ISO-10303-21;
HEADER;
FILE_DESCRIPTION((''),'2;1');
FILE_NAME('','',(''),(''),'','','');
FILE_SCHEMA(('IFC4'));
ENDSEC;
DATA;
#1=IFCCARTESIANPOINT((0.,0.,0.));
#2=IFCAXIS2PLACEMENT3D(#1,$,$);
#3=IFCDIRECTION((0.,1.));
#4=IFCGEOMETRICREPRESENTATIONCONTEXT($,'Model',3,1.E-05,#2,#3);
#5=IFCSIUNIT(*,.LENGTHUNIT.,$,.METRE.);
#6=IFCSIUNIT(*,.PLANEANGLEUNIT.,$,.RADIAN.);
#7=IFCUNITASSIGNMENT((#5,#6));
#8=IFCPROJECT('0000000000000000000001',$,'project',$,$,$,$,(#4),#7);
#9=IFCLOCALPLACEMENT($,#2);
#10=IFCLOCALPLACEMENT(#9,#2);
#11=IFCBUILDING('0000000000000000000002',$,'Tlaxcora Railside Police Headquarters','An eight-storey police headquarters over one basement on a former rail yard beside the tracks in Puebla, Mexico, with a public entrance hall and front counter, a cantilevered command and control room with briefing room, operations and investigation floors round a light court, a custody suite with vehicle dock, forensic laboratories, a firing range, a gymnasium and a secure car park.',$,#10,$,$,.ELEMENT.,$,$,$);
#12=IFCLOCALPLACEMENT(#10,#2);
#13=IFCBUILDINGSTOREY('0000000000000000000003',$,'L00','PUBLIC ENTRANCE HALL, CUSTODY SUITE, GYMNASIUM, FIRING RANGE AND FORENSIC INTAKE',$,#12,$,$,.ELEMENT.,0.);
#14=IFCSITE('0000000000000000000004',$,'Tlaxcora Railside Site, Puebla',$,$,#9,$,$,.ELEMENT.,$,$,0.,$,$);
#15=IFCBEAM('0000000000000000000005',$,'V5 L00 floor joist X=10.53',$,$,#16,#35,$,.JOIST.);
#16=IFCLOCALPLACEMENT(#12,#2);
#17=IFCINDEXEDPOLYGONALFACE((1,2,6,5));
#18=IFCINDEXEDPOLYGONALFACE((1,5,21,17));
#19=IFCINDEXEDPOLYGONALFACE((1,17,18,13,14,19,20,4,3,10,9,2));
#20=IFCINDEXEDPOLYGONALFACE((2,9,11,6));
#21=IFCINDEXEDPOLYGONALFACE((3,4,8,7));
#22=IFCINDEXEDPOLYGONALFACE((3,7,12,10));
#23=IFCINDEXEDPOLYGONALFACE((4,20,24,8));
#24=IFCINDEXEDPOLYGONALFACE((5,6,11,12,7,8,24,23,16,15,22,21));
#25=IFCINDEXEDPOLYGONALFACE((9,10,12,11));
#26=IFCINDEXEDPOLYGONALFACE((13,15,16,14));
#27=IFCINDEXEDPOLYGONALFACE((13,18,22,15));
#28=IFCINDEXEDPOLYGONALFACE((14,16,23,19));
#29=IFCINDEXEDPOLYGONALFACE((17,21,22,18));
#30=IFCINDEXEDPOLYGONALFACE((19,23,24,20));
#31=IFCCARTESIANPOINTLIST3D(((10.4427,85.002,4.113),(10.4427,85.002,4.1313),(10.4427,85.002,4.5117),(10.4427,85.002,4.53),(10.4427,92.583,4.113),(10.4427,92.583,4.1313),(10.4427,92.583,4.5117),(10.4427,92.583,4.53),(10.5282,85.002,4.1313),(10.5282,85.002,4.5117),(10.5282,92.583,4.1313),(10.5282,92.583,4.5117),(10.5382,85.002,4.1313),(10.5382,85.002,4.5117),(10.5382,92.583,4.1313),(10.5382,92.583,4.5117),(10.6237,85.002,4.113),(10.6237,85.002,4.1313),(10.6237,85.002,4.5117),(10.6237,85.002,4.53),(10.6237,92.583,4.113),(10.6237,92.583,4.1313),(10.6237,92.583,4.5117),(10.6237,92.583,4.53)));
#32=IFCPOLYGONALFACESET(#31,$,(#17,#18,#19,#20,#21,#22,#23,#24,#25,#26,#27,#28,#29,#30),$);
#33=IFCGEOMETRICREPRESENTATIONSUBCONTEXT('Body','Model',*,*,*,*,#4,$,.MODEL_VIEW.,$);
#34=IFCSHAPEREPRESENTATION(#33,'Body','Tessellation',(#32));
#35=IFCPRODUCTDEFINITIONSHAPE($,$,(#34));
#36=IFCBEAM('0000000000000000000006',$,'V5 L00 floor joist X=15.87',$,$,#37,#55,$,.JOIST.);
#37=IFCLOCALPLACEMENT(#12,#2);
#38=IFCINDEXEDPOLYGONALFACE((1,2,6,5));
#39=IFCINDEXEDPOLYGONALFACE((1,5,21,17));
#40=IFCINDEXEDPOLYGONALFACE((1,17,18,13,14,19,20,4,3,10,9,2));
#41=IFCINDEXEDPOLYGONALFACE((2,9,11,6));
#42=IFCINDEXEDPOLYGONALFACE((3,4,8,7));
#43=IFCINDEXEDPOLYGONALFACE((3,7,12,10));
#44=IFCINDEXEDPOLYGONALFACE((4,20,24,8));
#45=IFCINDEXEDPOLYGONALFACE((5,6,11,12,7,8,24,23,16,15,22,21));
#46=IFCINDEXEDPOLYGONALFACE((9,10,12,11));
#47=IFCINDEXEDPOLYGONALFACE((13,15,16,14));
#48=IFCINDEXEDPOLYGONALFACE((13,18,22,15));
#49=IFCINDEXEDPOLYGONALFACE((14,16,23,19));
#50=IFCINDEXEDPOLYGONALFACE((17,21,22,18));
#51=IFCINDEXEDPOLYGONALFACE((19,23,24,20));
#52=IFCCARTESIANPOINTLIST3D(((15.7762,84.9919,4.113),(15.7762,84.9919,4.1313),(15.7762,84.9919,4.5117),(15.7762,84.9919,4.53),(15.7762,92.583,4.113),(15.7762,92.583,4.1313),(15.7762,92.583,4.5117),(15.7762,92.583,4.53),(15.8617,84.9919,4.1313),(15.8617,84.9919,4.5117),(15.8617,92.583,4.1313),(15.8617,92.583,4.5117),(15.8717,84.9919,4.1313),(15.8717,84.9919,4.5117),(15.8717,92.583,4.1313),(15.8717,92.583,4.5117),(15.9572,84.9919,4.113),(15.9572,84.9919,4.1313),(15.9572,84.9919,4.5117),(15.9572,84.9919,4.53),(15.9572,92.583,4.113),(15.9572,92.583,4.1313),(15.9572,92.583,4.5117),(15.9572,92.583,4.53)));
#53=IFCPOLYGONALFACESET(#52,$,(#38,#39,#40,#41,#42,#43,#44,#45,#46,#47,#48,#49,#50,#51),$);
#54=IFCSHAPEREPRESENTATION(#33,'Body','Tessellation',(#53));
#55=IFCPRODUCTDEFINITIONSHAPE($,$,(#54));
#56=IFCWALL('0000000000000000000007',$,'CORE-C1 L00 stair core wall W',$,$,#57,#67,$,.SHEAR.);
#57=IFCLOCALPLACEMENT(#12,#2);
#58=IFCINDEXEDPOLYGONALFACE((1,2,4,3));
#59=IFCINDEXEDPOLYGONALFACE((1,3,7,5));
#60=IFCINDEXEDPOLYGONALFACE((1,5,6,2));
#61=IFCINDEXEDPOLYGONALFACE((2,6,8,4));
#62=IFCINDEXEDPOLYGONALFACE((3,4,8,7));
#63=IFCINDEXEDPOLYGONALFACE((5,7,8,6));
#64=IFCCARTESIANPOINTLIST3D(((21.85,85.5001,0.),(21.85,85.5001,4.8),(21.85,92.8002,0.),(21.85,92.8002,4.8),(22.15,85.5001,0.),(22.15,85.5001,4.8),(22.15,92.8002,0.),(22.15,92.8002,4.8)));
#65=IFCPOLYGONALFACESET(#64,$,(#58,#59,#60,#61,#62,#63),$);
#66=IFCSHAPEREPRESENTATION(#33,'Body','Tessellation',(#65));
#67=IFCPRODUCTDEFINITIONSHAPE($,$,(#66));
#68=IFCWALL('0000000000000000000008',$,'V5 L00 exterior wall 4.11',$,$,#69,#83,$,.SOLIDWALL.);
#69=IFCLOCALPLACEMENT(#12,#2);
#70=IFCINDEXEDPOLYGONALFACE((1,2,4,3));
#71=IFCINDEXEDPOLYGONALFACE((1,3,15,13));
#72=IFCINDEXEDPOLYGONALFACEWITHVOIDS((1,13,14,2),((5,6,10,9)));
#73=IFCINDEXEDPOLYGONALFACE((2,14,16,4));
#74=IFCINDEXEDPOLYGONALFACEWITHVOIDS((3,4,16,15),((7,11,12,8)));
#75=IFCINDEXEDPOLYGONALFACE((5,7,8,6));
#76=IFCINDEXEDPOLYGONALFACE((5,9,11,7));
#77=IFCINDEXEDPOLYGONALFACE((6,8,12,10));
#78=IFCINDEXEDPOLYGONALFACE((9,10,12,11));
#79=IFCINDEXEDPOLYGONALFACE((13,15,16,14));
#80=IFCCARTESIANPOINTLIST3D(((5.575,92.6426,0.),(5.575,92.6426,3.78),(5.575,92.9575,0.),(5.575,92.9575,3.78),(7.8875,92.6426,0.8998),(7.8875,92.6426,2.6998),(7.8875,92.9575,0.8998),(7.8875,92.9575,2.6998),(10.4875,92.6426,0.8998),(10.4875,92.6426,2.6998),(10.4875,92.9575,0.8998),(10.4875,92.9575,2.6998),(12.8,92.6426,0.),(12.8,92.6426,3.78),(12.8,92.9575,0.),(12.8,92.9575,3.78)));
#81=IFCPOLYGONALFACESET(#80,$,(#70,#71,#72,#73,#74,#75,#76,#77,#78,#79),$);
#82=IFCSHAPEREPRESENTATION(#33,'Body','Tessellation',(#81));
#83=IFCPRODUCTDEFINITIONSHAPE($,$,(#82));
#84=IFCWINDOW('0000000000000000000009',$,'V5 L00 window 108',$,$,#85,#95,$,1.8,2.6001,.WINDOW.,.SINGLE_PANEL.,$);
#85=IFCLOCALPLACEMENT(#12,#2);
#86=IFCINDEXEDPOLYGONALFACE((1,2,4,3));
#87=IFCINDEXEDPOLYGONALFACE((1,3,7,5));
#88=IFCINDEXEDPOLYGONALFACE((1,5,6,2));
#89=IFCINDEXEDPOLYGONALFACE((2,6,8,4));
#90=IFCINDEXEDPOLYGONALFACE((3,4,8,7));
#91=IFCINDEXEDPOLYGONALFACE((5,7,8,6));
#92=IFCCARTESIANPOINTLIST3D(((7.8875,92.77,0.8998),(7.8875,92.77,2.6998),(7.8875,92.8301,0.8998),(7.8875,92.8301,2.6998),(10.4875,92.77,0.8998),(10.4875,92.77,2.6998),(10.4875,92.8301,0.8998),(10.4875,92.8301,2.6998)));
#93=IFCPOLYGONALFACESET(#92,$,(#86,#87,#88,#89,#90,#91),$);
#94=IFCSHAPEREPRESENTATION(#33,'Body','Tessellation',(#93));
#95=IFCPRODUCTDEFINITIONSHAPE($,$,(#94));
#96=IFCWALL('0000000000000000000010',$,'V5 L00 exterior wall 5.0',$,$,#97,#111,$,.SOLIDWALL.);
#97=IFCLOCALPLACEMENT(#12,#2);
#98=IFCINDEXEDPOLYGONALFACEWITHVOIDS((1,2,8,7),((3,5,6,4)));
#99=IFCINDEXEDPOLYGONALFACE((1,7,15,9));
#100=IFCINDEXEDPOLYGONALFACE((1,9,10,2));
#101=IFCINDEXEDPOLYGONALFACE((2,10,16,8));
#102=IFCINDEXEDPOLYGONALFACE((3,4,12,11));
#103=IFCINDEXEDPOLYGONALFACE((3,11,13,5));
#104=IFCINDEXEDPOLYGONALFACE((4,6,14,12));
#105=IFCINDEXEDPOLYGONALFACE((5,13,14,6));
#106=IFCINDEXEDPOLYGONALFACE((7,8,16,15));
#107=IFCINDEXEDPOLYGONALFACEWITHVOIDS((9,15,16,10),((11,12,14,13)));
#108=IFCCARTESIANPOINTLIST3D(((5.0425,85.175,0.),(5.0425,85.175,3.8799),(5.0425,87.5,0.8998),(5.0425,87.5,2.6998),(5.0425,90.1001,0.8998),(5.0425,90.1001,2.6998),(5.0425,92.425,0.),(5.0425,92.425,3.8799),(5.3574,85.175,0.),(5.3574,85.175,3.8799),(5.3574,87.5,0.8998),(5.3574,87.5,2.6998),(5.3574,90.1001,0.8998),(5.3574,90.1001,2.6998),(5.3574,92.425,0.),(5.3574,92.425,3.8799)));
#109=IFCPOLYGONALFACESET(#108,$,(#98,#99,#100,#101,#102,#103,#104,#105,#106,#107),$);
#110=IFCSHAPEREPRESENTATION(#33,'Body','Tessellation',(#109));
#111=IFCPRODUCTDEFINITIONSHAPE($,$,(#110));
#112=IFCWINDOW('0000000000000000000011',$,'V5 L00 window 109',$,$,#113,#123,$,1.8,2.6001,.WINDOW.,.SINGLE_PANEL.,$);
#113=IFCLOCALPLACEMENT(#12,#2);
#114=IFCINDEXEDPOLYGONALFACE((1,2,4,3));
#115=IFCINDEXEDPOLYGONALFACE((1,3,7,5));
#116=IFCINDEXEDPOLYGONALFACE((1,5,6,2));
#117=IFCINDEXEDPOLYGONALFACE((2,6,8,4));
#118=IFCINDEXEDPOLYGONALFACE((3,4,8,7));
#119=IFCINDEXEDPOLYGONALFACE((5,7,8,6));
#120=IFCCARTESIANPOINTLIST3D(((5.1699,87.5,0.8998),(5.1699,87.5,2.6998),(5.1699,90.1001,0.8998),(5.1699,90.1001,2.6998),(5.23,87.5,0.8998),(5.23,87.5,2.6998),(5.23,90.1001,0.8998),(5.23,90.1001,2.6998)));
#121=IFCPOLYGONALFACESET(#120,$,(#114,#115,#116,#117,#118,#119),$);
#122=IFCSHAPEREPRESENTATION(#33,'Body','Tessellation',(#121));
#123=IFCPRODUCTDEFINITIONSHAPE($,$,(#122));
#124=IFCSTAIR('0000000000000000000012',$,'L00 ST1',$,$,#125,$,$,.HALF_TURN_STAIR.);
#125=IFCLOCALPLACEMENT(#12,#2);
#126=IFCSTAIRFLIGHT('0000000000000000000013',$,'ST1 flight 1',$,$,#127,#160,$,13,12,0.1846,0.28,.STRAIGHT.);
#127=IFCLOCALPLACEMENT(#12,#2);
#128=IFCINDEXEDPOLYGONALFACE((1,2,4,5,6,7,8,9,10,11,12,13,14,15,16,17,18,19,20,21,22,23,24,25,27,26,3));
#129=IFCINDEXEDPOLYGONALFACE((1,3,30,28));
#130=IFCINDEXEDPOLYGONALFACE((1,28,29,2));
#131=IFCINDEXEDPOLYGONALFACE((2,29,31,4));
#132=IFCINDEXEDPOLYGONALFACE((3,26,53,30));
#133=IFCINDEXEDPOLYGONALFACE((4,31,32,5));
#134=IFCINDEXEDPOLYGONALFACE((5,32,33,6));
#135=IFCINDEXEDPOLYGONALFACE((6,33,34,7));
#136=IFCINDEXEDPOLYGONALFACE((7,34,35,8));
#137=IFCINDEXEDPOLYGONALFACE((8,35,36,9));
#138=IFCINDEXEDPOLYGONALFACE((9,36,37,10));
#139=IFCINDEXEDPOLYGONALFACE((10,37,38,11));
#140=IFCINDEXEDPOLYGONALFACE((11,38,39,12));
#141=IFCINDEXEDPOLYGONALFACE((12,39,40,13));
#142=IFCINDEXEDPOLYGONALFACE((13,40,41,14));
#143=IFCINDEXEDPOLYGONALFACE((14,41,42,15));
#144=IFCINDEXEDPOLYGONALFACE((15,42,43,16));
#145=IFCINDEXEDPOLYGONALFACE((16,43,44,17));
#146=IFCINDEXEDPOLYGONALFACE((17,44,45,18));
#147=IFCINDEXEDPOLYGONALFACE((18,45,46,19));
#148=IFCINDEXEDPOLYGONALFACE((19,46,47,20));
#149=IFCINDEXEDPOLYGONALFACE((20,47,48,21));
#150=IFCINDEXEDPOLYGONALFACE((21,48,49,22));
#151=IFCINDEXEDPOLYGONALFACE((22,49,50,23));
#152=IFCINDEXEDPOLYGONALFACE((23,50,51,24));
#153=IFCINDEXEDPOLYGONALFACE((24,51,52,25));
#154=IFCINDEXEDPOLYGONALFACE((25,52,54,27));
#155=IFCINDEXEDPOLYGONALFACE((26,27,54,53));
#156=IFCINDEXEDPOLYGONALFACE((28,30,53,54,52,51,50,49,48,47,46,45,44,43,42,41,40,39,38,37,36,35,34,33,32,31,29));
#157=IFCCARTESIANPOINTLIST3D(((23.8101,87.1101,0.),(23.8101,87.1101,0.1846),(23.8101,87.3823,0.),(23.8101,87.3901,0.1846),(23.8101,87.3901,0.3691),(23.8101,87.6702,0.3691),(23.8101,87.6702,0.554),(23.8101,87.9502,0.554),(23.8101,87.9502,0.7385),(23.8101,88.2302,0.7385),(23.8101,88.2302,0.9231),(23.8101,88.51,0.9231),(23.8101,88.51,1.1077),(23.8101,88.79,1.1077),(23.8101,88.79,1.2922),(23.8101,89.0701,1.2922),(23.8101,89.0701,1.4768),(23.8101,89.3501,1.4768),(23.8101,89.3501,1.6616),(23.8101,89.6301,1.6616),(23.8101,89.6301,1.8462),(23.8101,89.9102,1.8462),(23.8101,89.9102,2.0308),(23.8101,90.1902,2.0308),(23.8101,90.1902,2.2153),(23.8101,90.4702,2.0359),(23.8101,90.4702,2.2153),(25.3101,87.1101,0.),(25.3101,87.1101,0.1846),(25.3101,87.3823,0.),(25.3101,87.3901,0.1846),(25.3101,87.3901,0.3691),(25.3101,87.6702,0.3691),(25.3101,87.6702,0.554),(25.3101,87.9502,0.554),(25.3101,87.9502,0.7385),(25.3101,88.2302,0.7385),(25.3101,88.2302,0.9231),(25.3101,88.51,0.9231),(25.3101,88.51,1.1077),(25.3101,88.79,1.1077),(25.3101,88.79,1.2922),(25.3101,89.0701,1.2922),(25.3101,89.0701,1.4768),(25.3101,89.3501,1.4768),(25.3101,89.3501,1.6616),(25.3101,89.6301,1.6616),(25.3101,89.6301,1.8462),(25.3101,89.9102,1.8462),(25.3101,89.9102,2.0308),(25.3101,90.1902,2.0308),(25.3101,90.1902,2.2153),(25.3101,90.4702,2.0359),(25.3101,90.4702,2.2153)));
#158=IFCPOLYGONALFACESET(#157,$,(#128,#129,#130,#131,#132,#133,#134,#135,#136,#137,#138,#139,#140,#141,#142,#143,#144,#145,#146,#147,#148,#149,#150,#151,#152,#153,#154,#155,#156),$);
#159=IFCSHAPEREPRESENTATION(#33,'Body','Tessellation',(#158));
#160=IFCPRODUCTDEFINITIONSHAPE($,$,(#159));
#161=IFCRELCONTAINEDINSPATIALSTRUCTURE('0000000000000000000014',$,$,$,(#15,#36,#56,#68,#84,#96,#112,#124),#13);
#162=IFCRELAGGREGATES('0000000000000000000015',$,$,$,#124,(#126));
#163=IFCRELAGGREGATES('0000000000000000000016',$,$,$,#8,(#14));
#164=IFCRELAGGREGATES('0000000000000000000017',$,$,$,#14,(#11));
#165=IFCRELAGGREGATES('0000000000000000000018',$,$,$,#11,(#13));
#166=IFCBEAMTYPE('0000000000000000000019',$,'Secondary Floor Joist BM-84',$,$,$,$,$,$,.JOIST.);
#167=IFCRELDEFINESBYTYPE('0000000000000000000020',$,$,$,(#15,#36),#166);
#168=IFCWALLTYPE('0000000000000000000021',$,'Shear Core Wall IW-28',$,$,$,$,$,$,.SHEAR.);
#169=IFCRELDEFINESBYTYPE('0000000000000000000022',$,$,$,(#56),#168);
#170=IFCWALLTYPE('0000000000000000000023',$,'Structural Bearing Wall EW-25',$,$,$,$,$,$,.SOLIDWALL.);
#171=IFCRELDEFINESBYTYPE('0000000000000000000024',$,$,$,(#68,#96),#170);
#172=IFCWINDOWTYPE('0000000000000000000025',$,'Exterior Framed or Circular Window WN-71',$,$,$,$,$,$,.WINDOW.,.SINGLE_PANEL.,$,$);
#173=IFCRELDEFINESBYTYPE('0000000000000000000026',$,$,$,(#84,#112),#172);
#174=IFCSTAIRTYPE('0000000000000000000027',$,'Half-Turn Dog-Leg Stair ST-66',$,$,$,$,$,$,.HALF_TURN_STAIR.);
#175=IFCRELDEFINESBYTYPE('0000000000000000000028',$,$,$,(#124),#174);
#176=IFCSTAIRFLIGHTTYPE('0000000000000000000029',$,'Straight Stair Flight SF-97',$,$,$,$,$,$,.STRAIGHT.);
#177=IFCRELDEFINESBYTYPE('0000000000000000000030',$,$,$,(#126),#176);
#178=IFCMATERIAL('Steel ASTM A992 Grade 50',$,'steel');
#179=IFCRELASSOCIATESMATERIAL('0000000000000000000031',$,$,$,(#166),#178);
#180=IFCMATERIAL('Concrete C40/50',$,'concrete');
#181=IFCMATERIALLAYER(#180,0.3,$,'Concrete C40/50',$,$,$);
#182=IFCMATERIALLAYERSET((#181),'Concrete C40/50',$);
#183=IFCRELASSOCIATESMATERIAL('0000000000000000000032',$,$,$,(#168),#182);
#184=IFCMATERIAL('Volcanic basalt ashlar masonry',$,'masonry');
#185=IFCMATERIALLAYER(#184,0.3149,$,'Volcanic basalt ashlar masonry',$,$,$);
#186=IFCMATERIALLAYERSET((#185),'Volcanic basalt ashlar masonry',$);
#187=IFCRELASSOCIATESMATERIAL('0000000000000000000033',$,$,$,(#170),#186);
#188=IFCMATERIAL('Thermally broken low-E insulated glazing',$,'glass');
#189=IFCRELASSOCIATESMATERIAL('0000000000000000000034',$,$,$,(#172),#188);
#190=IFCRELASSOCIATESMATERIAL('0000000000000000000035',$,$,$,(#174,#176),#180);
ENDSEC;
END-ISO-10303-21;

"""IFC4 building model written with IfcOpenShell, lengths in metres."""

from ifc_helpers import new_model, si_unit, direction, frame, frame_2d, origin, origin_2d, place, context, subcontext, project, spatial, polyline, rectangle, i_section, outline, extrude, material, layer, layer_set, material_profile, profile_set, type_object, element, fill, aggregate, save


model = new_model("IFC4")

# Units and contexts
model_context = context("Model", 3, precision=1e-05, world=origin(), true_north=direction((0.0, 1.0)))
body_context = subcontext(model_context, "Body", "Model", "MODEL_VIEW")
ifc_project = project(units=[si_unit("LENGTHUNIT", "METRE"), si_unit("PLANEANGLEUNIT", "RADIAN")], contexts=[model_context])

# Site, building, storey
site_placement = place(None, origin())
site = spatial("IfcSite", under=ifc_project, at=site_placement, Name="Tlaxcora Railside Site, Puebla", CompositionType="ELEMENT", RefElevation=0.0)
building_placement = place(site_placement, origin())
building = spatial("IfcBuilding", under=site, at=building_placement, Name="Tlaxcora Railside Police Headquarters", Description="An eight-storey police headquarters over one basement on a former rail yard beside the tracks in Puebla, Mexico, with a public entrance hall and front counter, a cantilevered command and control room with briefing room, operations and investigation floors round a light court, a custody suite with vehicle dock, forensic laboratories, a firing range, a gymnasium and a secure car park.", CompositionType="ELEMENT")
storey_placement = place(building_placement, origin())
storey = spatial("IfcBuildingStorey", under=building, at=storey_placement, Name="L00", Description="PUBLIC ENTRANCE HALL, CUSTODY SUITE, GYMNASIUM, FIRING RANGE AND FORENSIC INTAKE", CompositionType="ELEMENT", Elevation=0.0)

# Shared definitions
ifc_material_1 = material(Name="Concrete C40/50", Category="concrete")

# Beams
ifc_material_2 = material(Name="Steel ASTM A992 Grade 50", Category="steel")
ifc_material_profile_1 = material_profile(ifc_material_2, i_section(OverallWidth=0.1809, OverallDepth=0.417, WebThickness=0.01, FlangeThickness=0.0183, at=origin_2d()), Name="W16X57")
ifc_profile_set_1 = profile_set([ifc_material_profile_1], Name="Steel ASTM A992 Grade 50")
beam_type_1 = type_object("IfcBeamType", Name="Secondary Floor Joist BM-84", PredefinedType="JOIST", material=ifc_profile_set_1)
beam_1_placement = place(storey_placement, frame((10.5332, 85.002, 4.3215), z_axis=(0.0, 1.0, 0.0), x_axis=(-1.0, 0.0, 0.0)))
element("IfcBeam", 1, at=beam_1_placement, inside=storey, type_object=beam_type_1, Name="V5 L00 floor joist X=10.53", PredefinedType="JOIST", context=body_context, shape_type="SweptSolid", body=[
    extrude(i_section(OverallWidth=0.1809, OverallDepth=0.417, WebThickness=0.01, FlangeThickness=0.0183, at=origin_2d()), origin(), (0.0, 0.0, 1.0), 7.5811),
])
beam_2_placement = place(storey_placement, frame((15.8667, 84.9919, 4.3215), z_axis=(0.0, 1.0, 0.0), x_axis=(-1.0, 0.0, 0.0)))
element("IfcBeam", 2, at=beam_2_placement, inside=storey, type_object=beam_type_1, Name="V5 L00 floor joist X=15.87", PredefinedType="JOIST", context=body_context, shape_type="SweptSolid", body=[
    extrude(i_section(OverallWidth=0.1809, OverallDepth=0.417, WebThickness=0.01, FlangeThickness=0.0183, at=origin_2d()), origin(), (0.0, 0.0, 1.0), 7.5911),
])

# Shared definitions
ifc_layer_1 = layer(ifc_material_1, 0.3, Name="Concrete C40/50")
ifc_layer_set_1 = layer_set([ifc_layer_1], Name="Concrete C40/50")
wall_type_1 = type_object("IfcWallType", Name="Shear Core Wall IW-28", PredefinedType="SHEAR", material=ifc_layer_set_1)

# Wall
wall_1_placement = place(storey_placement, frame((22.0, 92.8, 0.0), z_axis=(0.0, 0.0, 1.0), x_axis=(0.0, -1.0, 0.0)))
element("IfcWall", 3, at=wall_1_placement, inside=storey, type_object=wall_type_1, Name="CORE-C1 L00 stair core wall W", PredefinedType="SHEAR", context=body_context, shape_type="SweptSolid", body=[
    extrude(rectangle(XDim=7.3, YDim=0.3, at=frame_2d((3.6499, 0.0))), origin(), (0.0, 0.0, 1.0), 4.8),
])

# Shared definitions
ifc_material_3 = material(Name="Volcanic basalt ashlar masonry", Category="masonry")
ifc_layer_2 = layer(ifc_material_3, 0.3149, Name="Volcanic basalt ashlar masonry")
ifc_layer_set_2 = layer_set([ifc_layer_2], Name="Volcanic basalt ashlar masonry")
wall_type_2 = type_object("IfcWallType", Name="Structural Bearing Wall EW-25", PredefinedType="SOLIDWALL", material=ifc_layer_set_2)

# Walls, openings, windows
wall_2_placement = place(storey_placement, frame((12.8, 92.8, 0.0), z_axis=(0.0, 0.0, 1.0), x_axis=(-1.0, 0.0, 0.0)))
wall_2 = element("IfcWall", 4, at=wall_2_placement, inside=storey, type_object=wall_type_2, Name="V5 L00 exterior wall 4.11", PredefinedType="SOLIDWALL", context=body_context, shape_type="SweptSolid", body=[
    extrude(rectangle(XDim=7.2251, YDim=0.3149, at=frame_2d((3.6125, 0.0))), origin(), (0.0, 0.0, 1.0), 3.78),
])
opening_1_placement = place(wall_2_placement, frame((2.3125, 0.0, 0.8999)))
opening_1 = element("IfcOpeningElement", 5, at=opening_1_placement, cuts=wall_2, PredefinedType="OPENING", context=body_context, shape_type="SweptSolid", body=[
    extrude(rectangle(XDim=2.6001, YDim=1.8, at=frame_2d((1.3, 0.8999))), frame((0.0, 0.1675, 0.0), z_axis=(0.0, -1.0, 0.0), x_axis=(1.0, 0.0, 0.0)), (0.0, 0.0, 1.0), 0.335),
])
ifc_material_4 = material(Name="Thermally broken low-E insulated glazing", Category="glass")
window_type = type_object("IfcWindowType", Name="Exterior Framed or Circular Window WN-71", PartitioningType="SINGLE_PANEL", PredefinedType="WINDOW", material=ifc_material_4)
window_1_placement = place(opening_1_placement, origin())
window_1 = element("IfcWindow", 6, at=window_1_placement, inside=storey, type_object=window_type, Name="V5 L00 window 108", OverallHeight=1.8, OverallWidth=2.6001, PartitioningType="SINGLE_PANEL", PredefinedType="WINDOW", context=body_context, shape_type="SweptSolid", body=[
    extrude(rectangle(XDim=2.6001, YDim=1.8, at=frame_2d((1.3, 0.8999))), frame((0.0, 0.03, 0.0), z_axis=(0.0, -1.0, 0.0), x_axis=(1.0, 0.0, 0.0)), (0.0, 0.0, 1.0), 0.0601),
])
fill(opening_1, window_1)
wall_3_placement = place(storey_placement, frame((5.2, 92.425, 0.0), z_axis=(0.0, 0.0, 1.0), x_axis=(0.0, -1.0, 0.0)))
wall_3 = element("IfcWall", 7, at=wall_3_placement, inside=storey, type_object=wall_type_2, Name="V5 L00 exterior wall 5.0", PredefinedType="SOLIDWALL", context=body_context, shape_type="SweptSolid", body=[
    extrude(rectangle(XDim=7.25, YDim=0.3149, at=frame_2d((3.625, 0.0))), origin(), (0.0, 0.0, 1.0), 3.8799),
])
opening_2_placement = place(wall_3_placement, frame((2.325, 0.0, 0.8999)))
opening_2 = element("IfcOpeningElement", 8, at=opening_2_placement, cuts=wall_3, PredefinedType="OPENING", context=body_context, shape_type="SweptSolid", body=[
    extrude(rectangle(XDim=2.6001, YDim=1.8, at=frame_2d((1.3, 0.8999))), frame((0.0, 0.1675, 0.0), z_axis=(0.0, -1.0, 0.0), x_axis=(1.0, 0.0, 0.0)), (0.0, 0.0, 1.0), 0.335),
])
window_2_placement = place(opening_2_placement, origin())
window_2 = element("IfcWindow", 9, at=window_2_placement, inside=storey, type_object=window_type, Name="V5 L00 window 109", OverallHeight=1.8, OverallWidth=2.6001, PartitioningType="SINGLE_PANEL", PredefinedType="WINDOW", context=body_context, shape_type="SweptSolid", body=[
    extrude(rectangle(XDim=2.6001, YDim=1.8, at=frame_2d((1.3, 0.8999))), frame((0.0, 0.03, 0.0), z_axis=(0.0, -1.0, 0.0), x_axis=(1.0, 0.0, 0.0)), (0.0, 0.0, 1.0), 0.0601),
])
fill(opening_2, window_2)

# Stair, stair flight
stair_type = type_object("IfcStairType", Name="Half-Turn Dog-Leg Stair ST-66", PredefinedType="HALF_TURN_STAIR", material=ifc_material_1)
stair_placement = place(storey_placement, origin())
stair = element("IfcStair", 10, at=stair_placement, inside=storey, type_object=stair_type, Name="L00 ST1", PredefinedType="HALF_TURN_STAIR")
stair_flight_type = type_object("IfcStairFlightType", Name="Straight Stair Flight SF-97", PredefinedType="STRAIGHT", material=ifc_material_1)
stair_flight_1_placement = place(storey_placement, frame((24.5601, 87.1101, 0.0), z_axis=(0.0, 0.0, 1.0), x_axis=(0.0, 1.0, 0.0)))
stair_flight_1 = element("IfcStairFlight", 11, at=stair_flight_1_placement, type_object=stair_flight_type, Name="ST1 flight 1", NumberOfRisers=13, NumberOfTreads=12, PredefinedType="STRAIGHT", RiserHeight=0.1846, TreadLength=0.28, context=body_context, shape_type="SweptSolid", body=[
    extrude(outline(polyline([(0.0, 0.0), (0.0, 0.1846), (0.28, 0.1846), (0.28, 0.3691), (0.5601, 0.3691), (0.5601, 0.554), (0.8401, 0.554), (0.8401, 0.7385), (1.1201, 0.7385), (1.1201, 0.9231), (1.3999, 0.9231), (1.3999, 1.1077), (1.6799, 1.1077), (1.6799, 1.2922), (1.96, 1.2922), (1.96, 1.4768), (2.24, 1.4768), (2.24, 1.6616), (2.52, 1.6616), (2.52, 1.8462), (2.8, 1.8462), (2.8, 2.0308), (3.0801, 2.0308), (3.0801, 2.2153), (3.3601, 2.2153), (3.3601, 2.3999), (3.3601, 2.0359), (0.2722, 0.0), (0.0, 0.0)])), frame((0.0, 0.75, 0.0), z_axis=(0.0, -1.0, 0.0), x_axis=(1.0, 0.0, 0.0)), (0.0, 0.0, 1.0), 1.5),
])
aggregate(stair, [stair_flight_1])

save(model, "model.ifc")
